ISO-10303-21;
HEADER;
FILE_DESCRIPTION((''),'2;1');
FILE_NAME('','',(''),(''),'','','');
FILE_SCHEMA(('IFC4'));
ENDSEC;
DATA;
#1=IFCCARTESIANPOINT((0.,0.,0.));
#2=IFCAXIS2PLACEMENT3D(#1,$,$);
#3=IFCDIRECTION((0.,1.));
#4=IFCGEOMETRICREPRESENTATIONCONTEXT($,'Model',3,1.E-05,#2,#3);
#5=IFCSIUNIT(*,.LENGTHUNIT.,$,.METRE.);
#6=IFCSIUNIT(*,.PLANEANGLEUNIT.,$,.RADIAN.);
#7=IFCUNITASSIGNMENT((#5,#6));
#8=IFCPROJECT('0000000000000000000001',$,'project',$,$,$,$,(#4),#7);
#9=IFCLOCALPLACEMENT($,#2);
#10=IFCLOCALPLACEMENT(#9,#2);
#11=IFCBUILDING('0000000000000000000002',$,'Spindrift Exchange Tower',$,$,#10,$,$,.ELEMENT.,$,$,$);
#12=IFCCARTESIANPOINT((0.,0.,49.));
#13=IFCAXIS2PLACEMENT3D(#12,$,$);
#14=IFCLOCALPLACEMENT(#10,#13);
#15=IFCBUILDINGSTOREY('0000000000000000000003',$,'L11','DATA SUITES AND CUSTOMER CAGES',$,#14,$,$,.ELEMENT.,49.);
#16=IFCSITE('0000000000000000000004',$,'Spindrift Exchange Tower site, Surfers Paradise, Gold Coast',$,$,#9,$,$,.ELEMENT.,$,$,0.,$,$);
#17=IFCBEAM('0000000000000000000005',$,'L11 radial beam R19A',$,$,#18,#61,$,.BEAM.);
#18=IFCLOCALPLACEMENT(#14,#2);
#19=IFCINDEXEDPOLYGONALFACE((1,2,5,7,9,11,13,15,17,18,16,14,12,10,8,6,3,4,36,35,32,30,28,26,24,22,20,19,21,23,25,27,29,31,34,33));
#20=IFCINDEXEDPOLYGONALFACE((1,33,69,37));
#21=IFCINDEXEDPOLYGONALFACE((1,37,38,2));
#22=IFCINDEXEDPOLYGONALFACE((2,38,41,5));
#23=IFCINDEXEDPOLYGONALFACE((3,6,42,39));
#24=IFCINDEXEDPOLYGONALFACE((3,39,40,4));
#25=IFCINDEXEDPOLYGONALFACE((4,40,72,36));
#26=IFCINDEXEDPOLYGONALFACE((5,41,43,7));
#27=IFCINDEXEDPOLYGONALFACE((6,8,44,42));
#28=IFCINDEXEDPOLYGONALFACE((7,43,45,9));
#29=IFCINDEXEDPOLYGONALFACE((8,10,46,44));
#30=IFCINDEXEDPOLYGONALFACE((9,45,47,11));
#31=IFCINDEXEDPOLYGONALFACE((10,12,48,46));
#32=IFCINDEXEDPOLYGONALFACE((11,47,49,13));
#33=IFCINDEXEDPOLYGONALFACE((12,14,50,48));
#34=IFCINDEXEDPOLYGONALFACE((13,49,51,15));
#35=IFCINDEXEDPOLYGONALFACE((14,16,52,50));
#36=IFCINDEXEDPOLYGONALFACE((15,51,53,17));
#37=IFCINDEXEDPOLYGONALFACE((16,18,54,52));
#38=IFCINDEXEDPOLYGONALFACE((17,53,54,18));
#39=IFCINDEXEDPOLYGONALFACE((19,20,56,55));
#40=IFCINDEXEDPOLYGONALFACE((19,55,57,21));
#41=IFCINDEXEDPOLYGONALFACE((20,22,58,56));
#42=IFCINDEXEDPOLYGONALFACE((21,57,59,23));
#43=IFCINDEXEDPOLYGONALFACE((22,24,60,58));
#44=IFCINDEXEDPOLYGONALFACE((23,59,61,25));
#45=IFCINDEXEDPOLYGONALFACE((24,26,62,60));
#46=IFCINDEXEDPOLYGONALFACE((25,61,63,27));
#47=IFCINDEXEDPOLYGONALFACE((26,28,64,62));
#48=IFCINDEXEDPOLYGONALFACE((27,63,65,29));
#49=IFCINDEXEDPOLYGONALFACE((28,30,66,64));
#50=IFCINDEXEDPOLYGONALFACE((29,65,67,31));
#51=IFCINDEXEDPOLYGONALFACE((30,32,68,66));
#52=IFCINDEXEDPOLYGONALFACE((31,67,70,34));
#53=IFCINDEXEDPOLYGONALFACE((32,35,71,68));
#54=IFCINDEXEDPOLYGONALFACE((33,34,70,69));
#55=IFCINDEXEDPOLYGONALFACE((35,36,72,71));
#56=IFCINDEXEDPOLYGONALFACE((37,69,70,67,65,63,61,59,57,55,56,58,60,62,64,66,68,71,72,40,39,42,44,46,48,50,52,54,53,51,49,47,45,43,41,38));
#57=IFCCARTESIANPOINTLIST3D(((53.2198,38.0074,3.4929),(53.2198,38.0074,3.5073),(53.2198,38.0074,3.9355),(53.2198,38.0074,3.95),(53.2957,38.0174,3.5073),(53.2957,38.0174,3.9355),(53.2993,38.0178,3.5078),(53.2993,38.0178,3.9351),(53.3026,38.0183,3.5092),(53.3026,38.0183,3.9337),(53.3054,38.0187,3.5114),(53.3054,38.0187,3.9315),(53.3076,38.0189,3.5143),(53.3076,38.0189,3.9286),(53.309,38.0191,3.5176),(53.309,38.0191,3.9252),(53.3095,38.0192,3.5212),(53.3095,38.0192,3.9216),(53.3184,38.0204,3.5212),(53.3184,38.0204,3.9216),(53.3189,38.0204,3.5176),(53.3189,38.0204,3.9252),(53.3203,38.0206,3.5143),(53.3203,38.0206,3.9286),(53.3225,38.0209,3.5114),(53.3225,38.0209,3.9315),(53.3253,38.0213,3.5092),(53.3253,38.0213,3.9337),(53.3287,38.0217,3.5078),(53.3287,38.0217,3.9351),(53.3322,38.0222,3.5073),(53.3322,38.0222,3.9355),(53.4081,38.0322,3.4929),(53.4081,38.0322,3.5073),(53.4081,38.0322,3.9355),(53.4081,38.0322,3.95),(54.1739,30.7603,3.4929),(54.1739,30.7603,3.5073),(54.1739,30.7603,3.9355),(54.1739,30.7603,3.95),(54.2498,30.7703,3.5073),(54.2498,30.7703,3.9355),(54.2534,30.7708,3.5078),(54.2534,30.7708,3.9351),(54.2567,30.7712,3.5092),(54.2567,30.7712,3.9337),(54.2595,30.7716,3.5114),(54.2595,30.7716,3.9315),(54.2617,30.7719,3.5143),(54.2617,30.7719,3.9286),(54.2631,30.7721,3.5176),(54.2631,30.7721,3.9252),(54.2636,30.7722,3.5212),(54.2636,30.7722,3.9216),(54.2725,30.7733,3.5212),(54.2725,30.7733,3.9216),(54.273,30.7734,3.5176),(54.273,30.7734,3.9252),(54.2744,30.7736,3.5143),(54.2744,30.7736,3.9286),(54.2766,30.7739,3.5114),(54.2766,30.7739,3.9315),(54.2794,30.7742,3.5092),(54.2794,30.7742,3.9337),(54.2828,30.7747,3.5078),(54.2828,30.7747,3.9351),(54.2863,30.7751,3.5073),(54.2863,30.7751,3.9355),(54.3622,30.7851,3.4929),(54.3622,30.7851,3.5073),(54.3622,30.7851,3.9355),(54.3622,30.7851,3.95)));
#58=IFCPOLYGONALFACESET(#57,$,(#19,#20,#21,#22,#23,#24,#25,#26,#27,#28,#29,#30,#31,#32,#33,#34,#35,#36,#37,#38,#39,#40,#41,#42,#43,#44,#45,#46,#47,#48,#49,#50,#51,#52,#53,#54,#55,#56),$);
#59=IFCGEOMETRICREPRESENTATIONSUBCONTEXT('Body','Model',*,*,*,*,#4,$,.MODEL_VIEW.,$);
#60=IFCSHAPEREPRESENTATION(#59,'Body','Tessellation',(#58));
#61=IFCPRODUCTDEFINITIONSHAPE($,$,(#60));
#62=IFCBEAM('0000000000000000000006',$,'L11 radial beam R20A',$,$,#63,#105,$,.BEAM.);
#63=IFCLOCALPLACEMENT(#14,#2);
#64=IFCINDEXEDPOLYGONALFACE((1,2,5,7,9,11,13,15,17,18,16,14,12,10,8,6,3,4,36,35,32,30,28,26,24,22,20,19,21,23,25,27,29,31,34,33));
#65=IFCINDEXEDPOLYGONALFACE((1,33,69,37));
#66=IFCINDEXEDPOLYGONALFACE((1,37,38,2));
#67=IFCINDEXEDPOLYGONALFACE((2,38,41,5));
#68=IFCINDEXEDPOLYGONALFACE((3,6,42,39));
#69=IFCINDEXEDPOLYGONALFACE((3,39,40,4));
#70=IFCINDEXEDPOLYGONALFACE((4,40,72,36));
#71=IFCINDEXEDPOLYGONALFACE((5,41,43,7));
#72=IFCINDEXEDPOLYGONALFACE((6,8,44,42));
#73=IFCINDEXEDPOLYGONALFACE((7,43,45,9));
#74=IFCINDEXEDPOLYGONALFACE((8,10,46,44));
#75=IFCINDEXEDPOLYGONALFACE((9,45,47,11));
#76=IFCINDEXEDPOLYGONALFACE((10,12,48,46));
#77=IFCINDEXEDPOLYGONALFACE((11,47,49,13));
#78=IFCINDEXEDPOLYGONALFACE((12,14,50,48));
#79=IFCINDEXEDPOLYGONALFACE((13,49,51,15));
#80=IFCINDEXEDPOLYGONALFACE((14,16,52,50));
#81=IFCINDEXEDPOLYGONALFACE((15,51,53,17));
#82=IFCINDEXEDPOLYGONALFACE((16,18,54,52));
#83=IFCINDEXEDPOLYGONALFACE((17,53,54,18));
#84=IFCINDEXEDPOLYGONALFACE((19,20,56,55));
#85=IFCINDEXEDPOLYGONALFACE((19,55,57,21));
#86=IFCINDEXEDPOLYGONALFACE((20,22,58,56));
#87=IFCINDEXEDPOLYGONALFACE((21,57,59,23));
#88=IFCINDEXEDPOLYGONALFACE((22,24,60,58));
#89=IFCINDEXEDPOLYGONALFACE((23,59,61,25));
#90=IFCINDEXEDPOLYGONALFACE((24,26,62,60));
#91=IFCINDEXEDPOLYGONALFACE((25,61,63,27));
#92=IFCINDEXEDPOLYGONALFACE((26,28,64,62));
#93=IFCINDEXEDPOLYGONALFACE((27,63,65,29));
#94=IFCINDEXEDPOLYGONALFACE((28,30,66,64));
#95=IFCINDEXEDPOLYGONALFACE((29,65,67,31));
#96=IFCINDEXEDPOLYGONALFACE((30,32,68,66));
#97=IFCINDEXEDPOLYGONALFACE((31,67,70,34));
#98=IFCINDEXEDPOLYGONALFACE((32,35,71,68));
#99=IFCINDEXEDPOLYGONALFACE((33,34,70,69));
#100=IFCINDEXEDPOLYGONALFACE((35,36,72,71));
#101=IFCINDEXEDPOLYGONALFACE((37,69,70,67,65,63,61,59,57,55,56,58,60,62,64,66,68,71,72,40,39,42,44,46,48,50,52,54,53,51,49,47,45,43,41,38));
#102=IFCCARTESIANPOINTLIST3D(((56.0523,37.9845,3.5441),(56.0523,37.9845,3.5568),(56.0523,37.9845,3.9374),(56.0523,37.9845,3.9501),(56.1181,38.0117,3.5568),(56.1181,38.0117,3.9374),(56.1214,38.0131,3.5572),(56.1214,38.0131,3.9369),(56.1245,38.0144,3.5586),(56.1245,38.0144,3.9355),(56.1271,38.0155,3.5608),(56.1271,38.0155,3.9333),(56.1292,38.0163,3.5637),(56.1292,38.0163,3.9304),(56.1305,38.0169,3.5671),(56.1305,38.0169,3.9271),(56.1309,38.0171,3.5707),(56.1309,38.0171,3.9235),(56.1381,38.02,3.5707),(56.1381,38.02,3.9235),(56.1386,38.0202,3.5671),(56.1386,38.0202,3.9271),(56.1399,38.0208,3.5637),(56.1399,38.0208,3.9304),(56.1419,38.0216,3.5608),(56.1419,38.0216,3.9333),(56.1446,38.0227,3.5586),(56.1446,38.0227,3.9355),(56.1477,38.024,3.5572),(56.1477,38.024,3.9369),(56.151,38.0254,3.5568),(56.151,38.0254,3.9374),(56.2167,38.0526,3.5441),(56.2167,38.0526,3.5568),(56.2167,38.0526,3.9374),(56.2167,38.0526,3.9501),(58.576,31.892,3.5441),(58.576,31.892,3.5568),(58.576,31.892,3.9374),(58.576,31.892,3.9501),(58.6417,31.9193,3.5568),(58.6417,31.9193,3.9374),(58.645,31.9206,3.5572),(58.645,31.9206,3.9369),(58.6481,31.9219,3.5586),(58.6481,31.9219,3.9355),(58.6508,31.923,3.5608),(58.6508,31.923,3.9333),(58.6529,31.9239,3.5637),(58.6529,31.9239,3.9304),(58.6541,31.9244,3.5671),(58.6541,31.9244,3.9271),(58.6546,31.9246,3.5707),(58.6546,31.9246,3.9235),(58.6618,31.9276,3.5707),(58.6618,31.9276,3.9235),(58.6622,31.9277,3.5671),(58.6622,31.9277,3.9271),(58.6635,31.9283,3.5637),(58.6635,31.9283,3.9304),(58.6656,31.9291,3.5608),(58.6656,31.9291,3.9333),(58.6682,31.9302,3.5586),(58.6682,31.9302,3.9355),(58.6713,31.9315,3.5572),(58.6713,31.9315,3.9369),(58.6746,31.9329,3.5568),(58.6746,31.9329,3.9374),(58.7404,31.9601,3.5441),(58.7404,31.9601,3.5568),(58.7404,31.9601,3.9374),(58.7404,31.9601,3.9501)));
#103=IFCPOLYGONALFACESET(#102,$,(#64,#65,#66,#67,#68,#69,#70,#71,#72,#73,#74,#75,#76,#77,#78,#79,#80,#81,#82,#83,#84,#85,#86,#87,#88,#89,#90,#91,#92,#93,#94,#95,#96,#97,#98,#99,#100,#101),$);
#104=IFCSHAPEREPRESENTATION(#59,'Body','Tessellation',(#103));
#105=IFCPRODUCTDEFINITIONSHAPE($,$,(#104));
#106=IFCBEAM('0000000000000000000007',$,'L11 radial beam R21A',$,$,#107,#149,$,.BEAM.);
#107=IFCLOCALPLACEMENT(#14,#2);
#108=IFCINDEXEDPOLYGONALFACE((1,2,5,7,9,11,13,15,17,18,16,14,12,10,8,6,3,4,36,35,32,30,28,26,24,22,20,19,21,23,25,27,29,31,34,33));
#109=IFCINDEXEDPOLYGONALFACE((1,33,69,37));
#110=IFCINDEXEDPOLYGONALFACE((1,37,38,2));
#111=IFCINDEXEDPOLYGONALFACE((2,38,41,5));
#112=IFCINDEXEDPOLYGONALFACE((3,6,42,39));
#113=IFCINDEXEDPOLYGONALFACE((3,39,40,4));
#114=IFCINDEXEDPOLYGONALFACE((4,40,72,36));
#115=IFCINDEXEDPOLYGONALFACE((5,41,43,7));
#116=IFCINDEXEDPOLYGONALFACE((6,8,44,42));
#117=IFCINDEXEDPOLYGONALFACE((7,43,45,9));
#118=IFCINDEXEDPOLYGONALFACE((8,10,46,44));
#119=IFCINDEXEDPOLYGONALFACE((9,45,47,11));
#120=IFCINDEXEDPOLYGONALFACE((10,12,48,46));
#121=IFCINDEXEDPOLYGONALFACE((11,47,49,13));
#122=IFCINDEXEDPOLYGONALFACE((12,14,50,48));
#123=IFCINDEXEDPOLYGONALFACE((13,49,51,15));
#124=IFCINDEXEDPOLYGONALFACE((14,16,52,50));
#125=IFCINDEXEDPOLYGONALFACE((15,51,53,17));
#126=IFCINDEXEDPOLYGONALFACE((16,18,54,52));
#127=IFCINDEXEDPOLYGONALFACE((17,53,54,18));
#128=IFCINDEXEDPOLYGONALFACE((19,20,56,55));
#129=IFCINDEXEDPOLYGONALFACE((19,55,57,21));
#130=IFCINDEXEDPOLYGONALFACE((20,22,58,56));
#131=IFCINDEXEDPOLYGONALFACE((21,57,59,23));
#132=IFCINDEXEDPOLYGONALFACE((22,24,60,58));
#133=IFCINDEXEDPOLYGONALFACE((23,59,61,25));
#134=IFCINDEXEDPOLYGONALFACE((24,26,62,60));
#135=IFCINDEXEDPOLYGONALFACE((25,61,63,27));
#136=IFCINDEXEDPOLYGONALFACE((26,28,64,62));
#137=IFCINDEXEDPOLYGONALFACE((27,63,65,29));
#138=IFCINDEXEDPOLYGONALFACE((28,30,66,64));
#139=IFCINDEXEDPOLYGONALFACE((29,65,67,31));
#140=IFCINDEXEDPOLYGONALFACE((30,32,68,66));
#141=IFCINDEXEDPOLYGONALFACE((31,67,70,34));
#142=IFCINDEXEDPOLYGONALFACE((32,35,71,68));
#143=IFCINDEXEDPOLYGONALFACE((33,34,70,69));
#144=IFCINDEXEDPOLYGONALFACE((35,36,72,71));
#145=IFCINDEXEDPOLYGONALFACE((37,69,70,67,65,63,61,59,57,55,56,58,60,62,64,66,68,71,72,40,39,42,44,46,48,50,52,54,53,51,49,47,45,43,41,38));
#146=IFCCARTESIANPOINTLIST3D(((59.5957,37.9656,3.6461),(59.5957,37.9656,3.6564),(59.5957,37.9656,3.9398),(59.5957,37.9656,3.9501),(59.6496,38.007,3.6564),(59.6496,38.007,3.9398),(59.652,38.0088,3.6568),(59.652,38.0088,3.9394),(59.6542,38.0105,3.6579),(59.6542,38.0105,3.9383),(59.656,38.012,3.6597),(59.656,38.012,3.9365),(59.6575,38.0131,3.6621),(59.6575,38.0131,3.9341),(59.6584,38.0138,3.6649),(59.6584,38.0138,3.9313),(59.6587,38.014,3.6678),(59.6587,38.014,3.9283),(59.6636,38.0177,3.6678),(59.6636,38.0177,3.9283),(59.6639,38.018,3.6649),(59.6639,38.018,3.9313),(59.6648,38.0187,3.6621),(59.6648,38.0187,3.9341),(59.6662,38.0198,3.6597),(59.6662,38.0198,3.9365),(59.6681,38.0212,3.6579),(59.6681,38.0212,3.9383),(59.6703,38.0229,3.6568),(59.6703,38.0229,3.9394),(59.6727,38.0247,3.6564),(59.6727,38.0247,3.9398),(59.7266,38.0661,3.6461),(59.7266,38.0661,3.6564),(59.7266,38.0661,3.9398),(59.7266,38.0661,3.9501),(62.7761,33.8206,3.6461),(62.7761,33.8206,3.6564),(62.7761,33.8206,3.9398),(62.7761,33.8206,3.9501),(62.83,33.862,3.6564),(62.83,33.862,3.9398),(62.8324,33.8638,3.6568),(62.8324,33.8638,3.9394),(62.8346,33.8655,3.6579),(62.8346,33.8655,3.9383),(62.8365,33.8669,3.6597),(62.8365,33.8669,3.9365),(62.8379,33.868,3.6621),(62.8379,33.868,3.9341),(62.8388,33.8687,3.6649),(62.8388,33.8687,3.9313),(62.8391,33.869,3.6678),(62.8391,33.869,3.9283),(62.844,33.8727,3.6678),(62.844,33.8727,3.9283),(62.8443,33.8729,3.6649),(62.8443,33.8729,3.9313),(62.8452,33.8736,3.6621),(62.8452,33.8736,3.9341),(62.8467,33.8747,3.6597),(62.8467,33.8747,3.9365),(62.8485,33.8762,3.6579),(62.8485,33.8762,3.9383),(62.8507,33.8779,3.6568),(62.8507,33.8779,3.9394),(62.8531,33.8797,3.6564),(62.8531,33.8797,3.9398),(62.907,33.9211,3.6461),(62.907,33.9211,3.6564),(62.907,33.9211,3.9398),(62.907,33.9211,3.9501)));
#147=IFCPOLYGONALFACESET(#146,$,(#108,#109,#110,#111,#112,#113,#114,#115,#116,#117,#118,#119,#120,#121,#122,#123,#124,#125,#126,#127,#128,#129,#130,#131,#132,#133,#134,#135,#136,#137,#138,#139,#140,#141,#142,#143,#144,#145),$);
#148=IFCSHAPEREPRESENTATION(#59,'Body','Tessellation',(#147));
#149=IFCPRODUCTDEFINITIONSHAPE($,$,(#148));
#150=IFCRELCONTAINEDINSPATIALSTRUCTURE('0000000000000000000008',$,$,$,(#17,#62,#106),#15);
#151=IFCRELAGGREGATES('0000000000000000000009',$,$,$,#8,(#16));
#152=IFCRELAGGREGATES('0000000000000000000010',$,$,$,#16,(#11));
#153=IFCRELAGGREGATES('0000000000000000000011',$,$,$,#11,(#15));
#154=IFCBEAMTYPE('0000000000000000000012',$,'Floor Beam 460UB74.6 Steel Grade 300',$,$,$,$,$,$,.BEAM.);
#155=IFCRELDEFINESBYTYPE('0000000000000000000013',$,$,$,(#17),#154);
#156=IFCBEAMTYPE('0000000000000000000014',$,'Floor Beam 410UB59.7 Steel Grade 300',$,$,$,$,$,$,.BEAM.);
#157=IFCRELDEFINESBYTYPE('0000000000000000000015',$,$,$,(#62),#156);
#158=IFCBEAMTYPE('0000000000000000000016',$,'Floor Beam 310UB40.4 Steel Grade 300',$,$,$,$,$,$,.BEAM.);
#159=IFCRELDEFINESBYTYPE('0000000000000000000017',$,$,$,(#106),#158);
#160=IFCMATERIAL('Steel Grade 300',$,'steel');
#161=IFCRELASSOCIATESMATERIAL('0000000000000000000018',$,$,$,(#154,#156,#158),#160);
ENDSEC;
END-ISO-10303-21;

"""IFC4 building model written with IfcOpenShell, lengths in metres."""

from ifc_helpers import new_model, si_unit, direction, frame, origin, origin_2d, place, context, subcontext, project, spatial, i_section, extrude, source, transform, mapped, material, material_profile, profile_set, type_object, element, save


model = new_model("IFC4")

# Units and contexts
model_context = context("Model", 3, precision=1e-05, world=origin(), true_north=direction((0.0, 1.0)))
body_context = subcontext(model_context, "Body", "Model", "MODEL_VIEW")
ifc_project = project(units=[si_unit("LENGTHUNIT", "METRE"), si_unit("PLANEANGLEUNIT", "RADIAN")], contexts=[model_context])

# Site, building, storey
site_placement = place(None, origin())
site = spatial("IfcSite", under=ifc_project, at=site_placement, Name="Spindrift Exchange Tower site, Surfers Paradise, Gold Coast", CompositionType="ELEMENT", RefElevation=0.0)
building_placement = place(site_placement, origin())
building = spatial("IfcBuilding", under=site, at=building_placement, Name="Spindrift Exchange Tower", CompositionType="ELEMENT")
storey_placement = place(building_placement, frame((0.0, 0.0, 49.0)))
storey = spatial("IfcBuildingStorey", under=building, at=storey_placement, Name="L11", Description="DATA SUITES AND CUSTOMER CAGES", CompositionType="ELEMENT", Elevation=49.0)

# Beams
ifc_material_1 = material(Name="Steel Grade 300", Category="steel")
ifc_material_profile_1 = material_profile(ifc_material_1, i_section(OverallWidth=0.1899, OverallDepth=0.457, WebThickness=0.009, FlangeThickness=0.0144, FilletRadius=0.0139, at=origin_2d()), Name="460UB74.6")
ifc_profile_set_1 = profile_set([ifc_material_profile_1], Name="Steel Grade 300")
beam_type_1 = type_object("IfcBeamType", Name="Floor Beam 460UB74.6 Steel Grade 300", PredefinedType="BEAM", material=ifc_profile_set_1)
shared_shape_1 = source(origin(), body_context, "Body", "SweptSolid", [
    extrude(i_section(OverallWidth=0.1899, OverallDepth=0.457, WebThickness=0.009, FlangeThickness=0.0144, FilletRadius=0.0139, at=origin_2d()), origin(), (0.0, 0.0, 1.0), 7.3096),
])
beam_1_placement = place(storey_placement, frame((53.314, 38.0198, 3.7214), z_axis=(0.130527, -0.991445, 0.0), x_axis=(0.991445, 0.130527, 0.0)))
element("IfcBeam", 1, at=beam_1_placement, inside=storey, type_object=beam_type_1, Name="L11 radial beam R19A", PredefinedType="BEAM", context=body_context, shape_type="MappedRepresentation", body=[
    mapped(shared_shape_1, transform((0.0, 0.0, 0.0), scale=1.0)),
])
ifc_material_profile_2 = material_profile(ifc_material_1, i_section(OverallWidth=0.178, OverallDepth=0.406, WebThickness=0.0078, FlangeThickness=0.0127, FilletRadius=0.0139, at=origin_2d()), Name="410UB59.7")
ifc_profile_set_2 = profile_set([ifc_material_profile_2], Name="Steel Grade 300")
beam_type_2 = type_object("IfcBeamType", Name="Floor Beam 410UB59.7 Steel Grade 300", PredefinedType="BEAM", material=ifc_profile_set_2)
shared_shape_2 = source(origin(), body_context, "Body", "SweptSolid", [
    extrude(i_section(OverallWidth=0.178, OverallDepth=0.406, WebThickness=0.0078, FlangeThickness=0.0127, FilletRadius=0.0139, at=origin_2d()), origin(), (0.0, 0.0, 1.0), 6.5945),
])
beam_2_placement = place(storey_placement, frame((56.1345, 38.0186, 3.7471), z_axis=(0.382693, -0.923876, 0.0), x_axis=(0.923876, 0.382693, 0.0)))
element("IfcBeam", 2, at=beam_2_placement, inside=storey, type_object=beam_type_2, Name="L11 radial beam R20A", PredefinedType="BEAM", context=body_context, shape_type="MappedRepresentation", body=[
    mapped(shared_shape_2, transform((0.0, 0.0, 0.0), scale=1.0)),
])
ifc_material_profile_3 = material_profile(ifc_material_1, i_section(OverallWidth=0.165, OverallDepth=0.304, WebThickness=0.0061, FlangeThickness=0.0103, FilletRadius=0.0115, at=origin_2d()), Name="310UB40.4")
ifc_profile_set_3 = profile_set([ifc_material_profile_3], Name="Steel Grade 300")
beam_type_3 = type_object("IfcBeamType", Name="Floor Beam 310UB40.4 Steel Grade 300", PredefinedType="BEAM", material=ifc_profile_set_3)
shared_shape_3 = source(origin(), body_context, "Body", "SweptSolid", [
    extrude(i_section(OverallWidth=0.165, OverallDepth=0.304, WebThickness=0.0061, FlangeThickness=0.0103, FilletRadius=0.0115, at=origin_2d()), origin(), (0.0, 0.0, 1.0), 5.2246),
])
beam_3_placement = place(storey_placement, frame((59.6611, 38.0159, 3.7981), z_axis=(0.608741, -0.793369, 0.0), x_axis=(0.793369, 0.608741, 0.0)))
element("IfcBeam", 3, at=beam_3_placement, inside=storey, type_object=beam_type_3, Name="L11 radial beam R21A", PredefinedType="BEAM", context=body_context, shape_type="MappedRepresentation", body=[
    mapped(shared_shape_3, transform((0.0, 0.0, 0.0), scale=1.0)),
])

save(model, "model.ifc")
